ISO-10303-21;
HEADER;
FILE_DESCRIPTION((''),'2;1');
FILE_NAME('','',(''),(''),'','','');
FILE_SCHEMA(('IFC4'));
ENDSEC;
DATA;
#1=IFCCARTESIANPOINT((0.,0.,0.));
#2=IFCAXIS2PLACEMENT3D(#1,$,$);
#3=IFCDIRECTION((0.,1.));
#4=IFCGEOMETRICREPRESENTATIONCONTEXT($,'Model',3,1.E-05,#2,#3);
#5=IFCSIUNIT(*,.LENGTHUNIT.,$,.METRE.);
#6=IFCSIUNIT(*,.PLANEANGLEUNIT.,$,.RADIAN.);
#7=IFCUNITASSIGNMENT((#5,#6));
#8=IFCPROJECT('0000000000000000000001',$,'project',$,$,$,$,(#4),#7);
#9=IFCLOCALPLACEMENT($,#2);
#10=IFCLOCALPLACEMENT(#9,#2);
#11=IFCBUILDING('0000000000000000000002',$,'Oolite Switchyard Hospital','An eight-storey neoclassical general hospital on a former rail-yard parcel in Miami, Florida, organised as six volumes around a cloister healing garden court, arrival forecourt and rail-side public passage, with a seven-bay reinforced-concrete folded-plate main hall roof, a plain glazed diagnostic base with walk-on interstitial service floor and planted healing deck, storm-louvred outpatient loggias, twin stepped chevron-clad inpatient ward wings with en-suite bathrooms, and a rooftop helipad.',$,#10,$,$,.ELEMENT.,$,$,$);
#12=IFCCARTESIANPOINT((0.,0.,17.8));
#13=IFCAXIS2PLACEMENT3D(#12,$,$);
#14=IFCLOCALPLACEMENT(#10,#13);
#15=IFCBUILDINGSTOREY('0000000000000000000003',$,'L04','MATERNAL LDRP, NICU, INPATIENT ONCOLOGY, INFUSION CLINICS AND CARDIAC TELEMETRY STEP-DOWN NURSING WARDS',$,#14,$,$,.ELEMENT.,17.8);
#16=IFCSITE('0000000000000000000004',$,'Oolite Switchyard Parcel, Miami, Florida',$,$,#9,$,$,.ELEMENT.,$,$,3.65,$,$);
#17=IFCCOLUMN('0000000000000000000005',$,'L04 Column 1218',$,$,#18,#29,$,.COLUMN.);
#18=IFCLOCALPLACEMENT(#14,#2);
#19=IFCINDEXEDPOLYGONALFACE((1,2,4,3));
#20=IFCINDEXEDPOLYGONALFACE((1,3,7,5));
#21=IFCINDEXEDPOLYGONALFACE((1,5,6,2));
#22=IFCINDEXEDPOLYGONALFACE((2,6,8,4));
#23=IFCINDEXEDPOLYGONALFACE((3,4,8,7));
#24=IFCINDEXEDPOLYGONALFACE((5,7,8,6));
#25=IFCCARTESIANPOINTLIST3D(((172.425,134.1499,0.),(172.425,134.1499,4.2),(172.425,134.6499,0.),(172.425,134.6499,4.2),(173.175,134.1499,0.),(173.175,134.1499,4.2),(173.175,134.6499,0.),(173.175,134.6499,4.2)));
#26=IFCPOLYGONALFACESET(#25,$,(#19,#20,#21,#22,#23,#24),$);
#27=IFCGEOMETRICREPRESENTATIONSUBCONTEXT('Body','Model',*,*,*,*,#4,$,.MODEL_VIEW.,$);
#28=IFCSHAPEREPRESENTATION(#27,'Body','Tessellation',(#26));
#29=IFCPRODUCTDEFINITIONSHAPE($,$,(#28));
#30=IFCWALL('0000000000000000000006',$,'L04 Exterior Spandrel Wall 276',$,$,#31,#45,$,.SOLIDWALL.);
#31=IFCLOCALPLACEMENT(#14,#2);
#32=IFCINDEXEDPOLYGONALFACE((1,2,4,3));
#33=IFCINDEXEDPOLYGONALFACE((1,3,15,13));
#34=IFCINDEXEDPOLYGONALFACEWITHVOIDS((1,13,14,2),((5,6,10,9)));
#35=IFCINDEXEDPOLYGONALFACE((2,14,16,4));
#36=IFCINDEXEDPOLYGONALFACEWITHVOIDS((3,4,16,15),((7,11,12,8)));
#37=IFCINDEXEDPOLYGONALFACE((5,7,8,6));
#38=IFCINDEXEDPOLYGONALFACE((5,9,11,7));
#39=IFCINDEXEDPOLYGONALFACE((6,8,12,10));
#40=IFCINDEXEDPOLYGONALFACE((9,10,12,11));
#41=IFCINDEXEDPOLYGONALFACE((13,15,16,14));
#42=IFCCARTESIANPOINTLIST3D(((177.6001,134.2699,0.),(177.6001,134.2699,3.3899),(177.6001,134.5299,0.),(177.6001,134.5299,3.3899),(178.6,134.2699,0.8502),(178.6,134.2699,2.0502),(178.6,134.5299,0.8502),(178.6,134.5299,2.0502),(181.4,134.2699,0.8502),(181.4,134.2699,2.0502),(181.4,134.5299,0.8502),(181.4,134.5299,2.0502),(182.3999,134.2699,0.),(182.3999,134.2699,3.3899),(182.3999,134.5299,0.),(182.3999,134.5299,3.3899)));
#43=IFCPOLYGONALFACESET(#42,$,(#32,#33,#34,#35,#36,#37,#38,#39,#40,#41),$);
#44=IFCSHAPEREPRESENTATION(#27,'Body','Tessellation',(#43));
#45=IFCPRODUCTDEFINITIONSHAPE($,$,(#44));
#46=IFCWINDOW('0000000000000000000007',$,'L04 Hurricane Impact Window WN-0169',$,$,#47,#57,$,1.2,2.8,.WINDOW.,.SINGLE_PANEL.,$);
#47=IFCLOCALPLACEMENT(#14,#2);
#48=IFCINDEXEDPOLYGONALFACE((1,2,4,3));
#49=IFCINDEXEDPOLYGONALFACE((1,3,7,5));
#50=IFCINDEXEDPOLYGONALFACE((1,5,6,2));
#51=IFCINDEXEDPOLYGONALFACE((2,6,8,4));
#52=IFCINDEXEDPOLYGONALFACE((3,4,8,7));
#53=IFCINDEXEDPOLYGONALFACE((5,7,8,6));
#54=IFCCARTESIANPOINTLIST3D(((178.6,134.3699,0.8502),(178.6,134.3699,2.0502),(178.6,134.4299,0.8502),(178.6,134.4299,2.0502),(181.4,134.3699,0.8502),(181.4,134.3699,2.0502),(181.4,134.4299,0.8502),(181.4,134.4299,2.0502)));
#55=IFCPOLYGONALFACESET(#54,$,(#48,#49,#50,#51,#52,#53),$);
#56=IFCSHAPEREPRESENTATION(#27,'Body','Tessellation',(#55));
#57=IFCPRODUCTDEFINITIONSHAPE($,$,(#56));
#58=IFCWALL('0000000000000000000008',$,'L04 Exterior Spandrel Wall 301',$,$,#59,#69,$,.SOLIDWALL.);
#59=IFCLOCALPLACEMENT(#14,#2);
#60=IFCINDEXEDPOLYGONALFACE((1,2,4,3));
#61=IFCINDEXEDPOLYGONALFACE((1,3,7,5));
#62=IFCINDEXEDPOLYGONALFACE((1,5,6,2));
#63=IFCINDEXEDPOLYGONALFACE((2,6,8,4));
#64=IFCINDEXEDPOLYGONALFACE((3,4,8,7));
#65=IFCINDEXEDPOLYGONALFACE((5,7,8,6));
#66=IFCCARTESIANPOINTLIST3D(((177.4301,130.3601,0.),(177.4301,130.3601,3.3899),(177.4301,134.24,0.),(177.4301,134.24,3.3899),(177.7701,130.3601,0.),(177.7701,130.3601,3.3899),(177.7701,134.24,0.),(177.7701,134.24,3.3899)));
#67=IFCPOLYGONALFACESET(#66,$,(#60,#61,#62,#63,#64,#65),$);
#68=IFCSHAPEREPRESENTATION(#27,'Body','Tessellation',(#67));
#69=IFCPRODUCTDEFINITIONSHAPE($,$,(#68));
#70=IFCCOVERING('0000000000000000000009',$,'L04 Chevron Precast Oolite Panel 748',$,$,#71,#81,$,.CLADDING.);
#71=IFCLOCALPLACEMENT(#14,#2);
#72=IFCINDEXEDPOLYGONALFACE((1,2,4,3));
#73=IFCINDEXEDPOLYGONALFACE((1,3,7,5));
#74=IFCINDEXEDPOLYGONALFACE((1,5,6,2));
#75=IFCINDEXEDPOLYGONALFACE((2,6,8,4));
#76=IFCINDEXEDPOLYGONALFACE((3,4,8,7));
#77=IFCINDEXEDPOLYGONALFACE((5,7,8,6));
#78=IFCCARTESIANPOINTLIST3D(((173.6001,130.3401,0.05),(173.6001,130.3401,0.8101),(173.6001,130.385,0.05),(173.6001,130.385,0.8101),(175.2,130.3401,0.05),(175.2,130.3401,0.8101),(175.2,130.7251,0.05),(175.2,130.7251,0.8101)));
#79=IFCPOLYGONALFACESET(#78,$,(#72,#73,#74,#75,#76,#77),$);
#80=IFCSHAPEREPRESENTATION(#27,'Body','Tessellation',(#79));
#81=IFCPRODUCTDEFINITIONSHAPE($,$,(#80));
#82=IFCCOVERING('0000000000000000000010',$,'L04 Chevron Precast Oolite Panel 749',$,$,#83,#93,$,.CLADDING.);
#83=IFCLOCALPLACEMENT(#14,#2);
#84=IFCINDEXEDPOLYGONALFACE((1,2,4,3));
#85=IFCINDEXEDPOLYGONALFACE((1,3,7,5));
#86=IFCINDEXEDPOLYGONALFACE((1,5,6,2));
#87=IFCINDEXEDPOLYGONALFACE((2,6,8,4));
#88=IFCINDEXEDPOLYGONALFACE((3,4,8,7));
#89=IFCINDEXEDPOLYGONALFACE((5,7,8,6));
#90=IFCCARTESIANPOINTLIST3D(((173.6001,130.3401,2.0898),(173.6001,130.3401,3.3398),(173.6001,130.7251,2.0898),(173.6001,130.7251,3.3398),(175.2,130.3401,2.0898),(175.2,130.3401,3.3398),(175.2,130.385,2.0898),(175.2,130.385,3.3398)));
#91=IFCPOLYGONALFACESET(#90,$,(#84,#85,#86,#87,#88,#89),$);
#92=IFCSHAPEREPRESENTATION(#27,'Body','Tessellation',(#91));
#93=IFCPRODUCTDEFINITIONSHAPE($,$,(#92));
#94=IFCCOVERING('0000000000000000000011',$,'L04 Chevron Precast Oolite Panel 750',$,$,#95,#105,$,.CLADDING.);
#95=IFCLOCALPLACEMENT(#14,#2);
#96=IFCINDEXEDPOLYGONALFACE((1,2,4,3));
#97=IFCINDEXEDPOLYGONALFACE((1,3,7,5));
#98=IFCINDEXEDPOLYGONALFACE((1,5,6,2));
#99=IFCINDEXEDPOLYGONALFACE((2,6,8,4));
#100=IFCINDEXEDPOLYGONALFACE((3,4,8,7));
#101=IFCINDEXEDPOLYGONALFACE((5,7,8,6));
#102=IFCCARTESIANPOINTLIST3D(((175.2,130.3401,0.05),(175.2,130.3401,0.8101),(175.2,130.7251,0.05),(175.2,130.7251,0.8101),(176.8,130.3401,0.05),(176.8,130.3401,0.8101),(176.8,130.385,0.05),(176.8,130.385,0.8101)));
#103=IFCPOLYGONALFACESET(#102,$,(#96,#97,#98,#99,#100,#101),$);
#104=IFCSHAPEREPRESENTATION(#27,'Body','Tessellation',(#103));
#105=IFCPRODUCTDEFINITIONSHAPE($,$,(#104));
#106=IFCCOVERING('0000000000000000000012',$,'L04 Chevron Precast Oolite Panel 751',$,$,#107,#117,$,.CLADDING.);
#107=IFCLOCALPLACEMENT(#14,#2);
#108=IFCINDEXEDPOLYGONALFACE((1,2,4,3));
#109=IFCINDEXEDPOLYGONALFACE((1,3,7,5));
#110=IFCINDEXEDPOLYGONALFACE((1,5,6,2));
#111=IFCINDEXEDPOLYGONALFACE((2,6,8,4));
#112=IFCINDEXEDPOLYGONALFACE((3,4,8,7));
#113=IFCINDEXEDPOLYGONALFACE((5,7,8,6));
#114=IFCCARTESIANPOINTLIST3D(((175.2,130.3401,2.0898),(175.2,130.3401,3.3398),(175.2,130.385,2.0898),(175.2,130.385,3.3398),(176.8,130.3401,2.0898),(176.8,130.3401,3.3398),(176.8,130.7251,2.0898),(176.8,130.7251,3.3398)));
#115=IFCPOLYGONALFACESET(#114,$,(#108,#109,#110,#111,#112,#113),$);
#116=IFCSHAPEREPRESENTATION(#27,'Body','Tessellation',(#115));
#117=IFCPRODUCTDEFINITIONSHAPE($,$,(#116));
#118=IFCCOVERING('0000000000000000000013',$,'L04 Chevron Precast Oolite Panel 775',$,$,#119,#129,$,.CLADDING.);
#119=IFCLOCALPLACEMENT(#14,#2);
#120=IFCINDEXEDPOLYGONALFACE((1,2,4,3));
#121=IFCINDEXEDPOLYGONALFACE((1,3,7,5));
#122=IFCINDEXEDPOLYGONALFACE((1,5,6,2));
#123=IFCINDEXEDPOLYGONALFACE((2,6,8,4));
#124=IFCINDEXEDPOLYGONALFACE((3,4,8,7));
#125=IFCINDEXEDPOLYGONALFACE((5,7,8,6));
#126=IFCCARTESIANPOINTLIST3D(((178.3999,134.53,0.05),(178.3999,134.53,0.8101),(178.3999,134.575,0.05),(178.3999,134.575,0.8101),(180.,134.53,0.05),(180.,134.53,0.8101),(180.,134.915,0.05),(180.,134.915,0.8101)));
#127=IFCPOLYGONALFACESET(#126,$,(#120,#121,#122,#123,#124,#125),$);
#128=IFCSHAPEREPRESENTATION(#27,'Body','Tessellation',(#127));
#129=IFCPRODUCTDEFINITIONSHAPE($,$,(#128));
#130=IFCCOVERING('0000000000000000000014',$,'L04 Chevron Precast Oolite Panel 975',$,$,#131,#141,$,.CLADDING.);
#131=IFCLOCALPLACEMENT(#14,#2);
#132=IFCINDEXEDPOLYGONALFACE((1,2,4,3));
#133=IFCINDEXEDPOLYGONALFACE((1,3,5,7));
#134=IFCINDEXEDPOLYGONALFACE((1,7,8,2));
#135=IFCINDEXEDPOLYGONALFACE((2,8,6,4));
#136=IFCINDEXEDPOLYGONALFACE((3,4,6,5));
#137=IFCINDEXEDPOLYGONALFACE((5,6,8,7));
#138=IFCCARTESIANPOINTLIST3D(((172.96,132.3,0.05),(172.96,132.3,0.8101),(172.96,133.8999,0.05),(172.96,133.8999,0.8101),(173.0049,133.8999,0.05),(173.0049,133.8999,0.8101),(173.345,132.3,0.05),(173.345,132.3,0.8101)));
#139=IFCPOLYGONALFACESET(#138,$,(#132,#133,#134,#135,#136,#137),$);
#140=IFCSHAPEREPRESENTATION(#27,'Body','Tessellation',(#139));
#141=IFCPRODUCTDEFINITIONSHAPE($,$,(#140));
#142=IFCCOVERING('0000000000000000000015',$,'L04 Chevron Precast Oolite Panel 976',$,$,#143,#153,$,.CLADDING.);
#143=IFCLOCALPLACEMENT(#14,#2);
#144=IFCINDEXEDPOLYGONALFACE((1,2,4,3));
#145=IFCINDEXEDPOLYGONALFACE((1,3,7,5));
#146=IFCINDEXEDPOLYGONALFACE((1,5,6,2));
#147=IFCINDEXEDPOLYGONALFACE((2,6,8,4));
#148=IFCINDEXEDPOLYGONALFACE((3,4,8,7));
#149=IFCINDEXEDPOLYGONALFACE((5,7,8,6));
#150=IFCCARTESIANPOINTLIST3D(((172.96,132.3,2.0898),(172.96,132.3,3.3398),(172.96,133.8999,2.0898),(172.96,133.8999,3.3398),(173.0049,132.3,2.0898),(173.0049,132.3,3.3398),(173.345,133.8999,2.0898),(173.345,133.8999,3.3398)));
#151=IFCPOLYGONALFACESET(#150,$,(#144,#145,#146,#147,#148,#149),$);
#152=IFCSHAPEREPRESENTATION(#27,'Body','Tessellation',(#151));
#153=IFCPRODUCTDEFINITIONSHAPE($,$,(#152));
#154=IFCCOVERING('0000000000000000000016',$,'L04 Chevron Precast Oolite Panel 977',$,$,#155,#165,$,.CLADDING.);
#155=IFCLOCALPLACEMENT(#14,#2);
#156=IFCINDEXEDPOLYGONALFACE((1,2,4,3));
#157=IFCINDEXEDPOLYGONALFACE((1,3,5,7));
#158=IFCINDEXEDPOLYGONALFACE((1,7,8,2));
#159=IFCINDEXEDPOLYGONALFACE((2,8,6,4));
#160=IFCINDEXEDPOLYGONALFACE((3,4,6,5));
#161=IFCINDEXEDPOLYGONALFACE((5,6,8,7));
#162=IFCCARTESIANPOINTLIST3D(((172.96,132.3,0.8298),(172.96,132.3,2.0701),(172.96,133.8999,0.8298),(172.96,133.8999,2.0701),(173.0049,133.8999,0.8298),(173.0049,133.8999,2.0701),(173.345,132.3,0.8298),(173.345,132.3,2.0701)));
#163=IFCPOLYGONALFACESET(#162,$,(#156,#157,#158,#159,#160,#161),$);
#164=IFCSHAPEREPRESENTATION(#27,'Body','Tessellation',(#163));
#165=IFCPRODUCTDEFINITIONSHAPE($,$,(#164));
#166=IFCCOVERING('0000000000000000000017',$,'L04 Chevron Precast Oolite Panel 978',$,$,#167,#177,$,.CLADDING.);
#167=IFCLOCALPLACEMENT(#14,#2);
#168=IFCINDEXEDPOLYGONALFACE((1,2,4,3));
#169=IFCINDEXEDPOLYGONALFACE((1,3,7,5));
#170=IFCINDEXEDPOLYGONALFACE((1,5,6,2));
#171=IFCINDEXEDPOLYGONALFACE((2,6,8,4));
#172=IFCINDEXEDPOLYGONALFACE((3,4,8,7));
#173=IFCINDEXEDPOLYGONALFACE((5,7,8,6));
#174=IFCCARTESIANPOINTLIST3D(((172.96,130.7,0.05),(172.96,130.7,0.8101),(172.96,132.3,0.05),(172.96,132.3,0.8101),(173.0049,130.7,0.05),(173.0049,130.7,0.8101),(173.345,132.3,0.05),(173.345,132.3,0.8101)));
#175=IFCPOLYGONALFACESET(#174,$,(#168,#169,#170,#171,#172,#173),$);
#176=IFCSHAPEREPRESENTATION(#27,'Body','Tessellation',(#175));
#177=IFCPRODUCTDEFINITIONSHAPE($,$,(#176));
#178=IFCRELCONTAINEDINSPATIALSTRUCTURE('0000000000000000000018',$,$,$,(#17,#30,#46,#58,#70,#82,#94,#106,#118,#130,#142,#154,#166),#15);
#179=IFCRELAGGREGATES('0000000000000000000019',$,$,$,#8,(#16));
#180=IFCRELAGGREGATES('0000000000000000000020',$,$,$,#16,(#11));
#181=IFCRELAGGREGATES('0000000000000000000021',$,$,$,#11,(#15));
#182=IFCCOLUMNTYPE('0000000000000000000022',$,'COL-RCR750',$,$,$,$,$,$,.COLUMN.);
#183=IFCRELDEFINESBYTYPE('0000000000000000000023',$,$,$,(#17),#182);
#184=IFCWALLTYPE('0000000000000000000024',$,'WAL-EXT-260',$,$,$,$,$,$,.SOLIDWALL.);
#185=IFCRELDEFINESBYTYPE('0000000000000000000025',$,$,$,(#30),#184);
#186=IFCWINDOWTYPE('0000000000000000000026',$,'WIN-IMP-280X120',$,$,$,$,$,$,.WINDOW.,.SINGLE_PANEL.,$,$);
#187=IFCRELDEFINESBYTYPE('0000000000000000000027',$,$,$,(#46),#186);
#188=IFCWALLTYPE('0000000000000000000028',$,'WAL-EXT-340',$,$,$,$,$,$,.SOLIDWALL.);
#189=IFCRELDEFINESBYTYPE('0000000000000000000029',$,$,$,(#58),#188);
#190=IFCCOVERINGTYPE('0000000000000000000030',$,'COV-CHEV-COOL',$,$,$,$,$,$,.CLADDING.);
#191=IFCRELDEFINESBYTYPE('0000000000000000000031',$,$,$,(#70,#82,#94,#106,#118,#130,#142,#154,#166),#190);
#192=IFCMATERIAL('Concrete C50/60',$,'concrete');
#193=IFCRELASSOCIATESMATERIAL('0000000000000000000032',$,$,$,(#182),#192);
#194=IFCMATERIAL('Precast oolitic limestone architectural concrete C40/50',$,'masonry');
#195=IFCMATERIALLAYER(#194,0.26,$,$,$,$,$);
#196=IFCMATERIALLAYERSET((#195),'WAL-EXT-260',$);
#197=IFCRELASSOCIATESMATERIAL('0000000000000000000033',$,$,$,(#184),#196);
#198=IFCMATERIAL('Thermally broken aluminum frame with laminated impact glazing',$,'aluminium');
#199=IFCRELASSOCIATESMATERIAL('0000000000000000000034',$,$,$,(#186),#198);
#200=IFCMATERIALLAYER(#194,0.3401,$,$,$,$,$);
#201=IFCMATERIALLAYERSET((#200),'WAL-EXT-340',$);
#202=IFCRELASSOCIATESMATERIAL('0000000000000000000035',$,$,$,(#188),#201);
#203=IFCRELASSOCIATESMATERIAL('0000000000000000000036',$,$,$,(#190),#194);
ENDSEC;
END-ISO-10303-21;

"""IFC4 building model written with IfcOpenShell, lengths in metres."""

from ifc_helpers import new_model, si_unit, direction, frame, frame_2d, origin, origin_2d, place, context, subcontext, project, spatial, polyline, rectangle, outline, extrude, material, layer, layer_set, material_profile, profile_set, type_object, element, fill, save


model = new_model("IFC4")

# Units and contexts
model_context = context("Model", 3, precision=1e-05, world=origin(), true_north=direction((0.0, 1.0)))
body_context = subcontext(model_context, "Body", "Model", "MODEL_VIEW")
ifc_project = project(units=[si_unit("LENGTHUNIT", "METRE"), si_unit("PLANEANGLEUNIT", "RADIAN")], contexts=[model_context])

# Site, building, storey
site_placement = place(None, origin())
site = spatial("IfcSite", under=ifc_project, at=site_placement, Name="Oolite Switchyard Parcel, Miami, Florida", CompositionType="ELEMENT", RefElevation=3.65)
building_placement = place(site_placement, origin())
building = spatial("IfcBuilding", under=site, at=building_placement, Name="Oolite Switchyard Hospital", Description="An eight-storey neoclassical general hospital on a former rail-yard parcel in Miami, Florida, organised as six volumes around a cloister healing garden court, arrival forecourt and rail-side public passage, with a seven-bay reinforced-concrete folded-plate main hall roof, a plain glazed diagnostic base with walk-on interstitial service floor and planted healing deck, storm-louvred outpatient loggias, twin stepped chevron-clad inpatient ward wings with en-suite bathrooms, and a rooftop helipad.", CompositionType="ELEMENT")
storey_placement = place(building_placement, frame((0.0, 0.0, 17.8)))
storey = spatial("IfcBuildingStorey", under=building, at=storey_placement, Name="L04", Description="MATERNAL LDRP, NICU, INPATIENT ONCOLOGY, INFUSION CLINICS AND CARDIAC TELEMETRY STEP-DOWN NURSING WARDS", CompositionType="ELEMENT", Elevation=17.8)

# Column
ifc_material_1 = material(Name="Concrete C50/60", Category="concrete")
ifc_material_profile = material_profile(ifc_material_1, rectangle(XDim=0.75, YDim=0.5, at=origin_2d()), Name="RC750X500")
ifc_profile_set = profile_set([ifc_material_profile], Name="Concrete C50/60")
column_type = type_object("IfcColumnType", Name="COL-RCR750", PredefinedType="COLUMN", material=ifc_profile_set)
column_placement = place(storey_placement, frame((172.8, 134.3999, 0.0), z_axis=(0.0, 0.0, 1.0), x_axis=(1.0, 0.0, 0.0)))
element("IfcColumn", 1, at=column_placement, inside=storey, type_object=column_type, Name="L04 Column 1218", PredefinedType="COLUMN", context=body_context, shape_type="SweptSolid", body=[
    extrude(rectangle(XDim=0.75, YDim=0.5, at=origin_2d()), origin(), (0.0, 0.0, 1.0), 4.2),
])

# Wall, opening, window
ifc_material_2 = material(Name="Precast oolitic limestone architectural concrete C40/50", Category="masonry")
ifc_layer_1 = layer(ifc_material_2, 0.26)
ifc_layer_set_1 = layer_set([ifc_layer_1], Name="WAL-EXT-260")
wall_type_1 = type_object("IfcWallType", Name="WAL-EXT-260", PredefinedType="SOLIDWALL", material=ifc_layer_set_1)
wall_1_placement = place(storey_placement, frame((177.6001, 134.3999, 0.0), z_axis=(0.0, 0.0, 1.0), x_axis=(1.0, 0.0, 0.0)))
wall_1 = element("IfcWall", 2, at=wall_1_placement, inside=storey, type_object=wall_type_1, Name="L04 Exterior Spandrel Wall 276", PredefinedType="SOLIDWALL", context=body_context, shape_type="SweptSolid", body=[
    extrude(rectangle(XDim=4.7998, YDim=0.26, at=frame_2d((2.3999, 0.0))), origin(), (0.0, 0.0, 1.0), 3.3899),
])
opening_placement = place(wall_1_placement, frame((1.0, 0.0, 0.8501)))
opening = element("IfcOpeningElement", 3, at=opening_placement, cuts=wall_1, PredefinedType="OPENING", context=body_context, shape_type="SweptSolid", body=[
    extrude(rectangle(XDim=2.8, YDim=1.2, at=frame_2d((1.3999, 0.6001))), frame((0.0, 0.1401, 0.0), z_axis=(0.0, -1.0, 0.0), x_axis=(1.0, 0.0, 0.0)), (0.0, 0.0, 1.0), 0.28),
])
ifc_material_3 = material(Name="Thermally broken aluminum frame with laminated impact glazing", Category="aluminium")
window_type = type_object("IfcWindowType", Name="WIN-IMP-280X120", PartitioningType="SINGLE_PANEL", PredefinedType="WINDOW", material=ifc_material_3)
window_placement = place(opening_placement, origin())
window = element("IfcWindow", 4, at=window_placement, inside=storey, type_object=window_type, Name="L04 Hurricane Impact Window WN-0169", OverallHeight=1.2, OverallWidth=2.8, PartitioningType="SINGLE_PANEL", PredefinedType="WINDOW", context=body_context, shape_type="SweptSolid", body=[
    extrude(rectangle(XDim=2.8, YDim=1.2, at=frame_2d((1.3999, 0.6001))), frame((0.0, 0.03, 0.0), z_axis=(0.0, -1.0, 0.0), x_axis=(1.0, 0.0, 0.0)), (0.0, 0.0, 1.0), 0.0601),
])
fill(opening, window)

# Wall
ifc_layer_2 = layer(ifc_material_2, 0.3401)
ifc_layer_set_2 = layer_set([ifc_layer_2], Name="WAL-EXT-340")
wall_type_2 = type_object("IfcWallType", Name="WAL-EXT-340", PredefinedType="SOLIDWALL", material=ifc_layer_set_2)
wall_2_placement = place(storey_placement, frame((177.6001, 130.3601, 0.0), z_axis=(0.0, 0.0, 1.0), x_axis=(0.0, 1.0, 0.0)))
element("IfcWall", 5, at=wall_2_placement, inside=storey, type_object=wall_type_2, Name="L04 Exterior Spandrel Wall 301", PredefinedType="SOLIDWALL", context=body_context, shape_type="SweptSolid", body=[
    extrude(rectangle(XDim=3.8799, YDim=0.3401, at=frame_2d((1.9399, 0.0))), origin(), (0.0, 0.0, 1.0), 3.3899),
])

# Coverings
covering_type = type_object("IfcCoveringType", Name="COV-CHEV-COOL", PredefinedType="CLADDING", material=ifc_material_2)
covering_1_placement = place(storey_placement, frame((173.6001, 130.3401, 0.05), z_axis=(0.0, 0.0, 1.0), x_axis=(1.0, 0.0, 0.0)))
element("IfcCovering", 6, at=covering_1_placement, inside=storey, type_object=covering_type, Name="L04 Chevron Precast Oolite Panel 748", PredefinedType="CLADDING", context=body_context, shape_type="SweptSolid", body=[
    extrude(outline(polyline([(0.0, 0.0), (1.5999, 0.0), (1.5999, 0.385), (0.0, 0.0449), (0.0, 0.0)])), origin(), (0.0, 0.0, 1.0), 0.76),
])
covering_2_placement = place(storey_placement, frame((173.6001, 130.3401, 2.0898), z_axis=(0.0, 0.0, 1.0), x_axis=(1.0, 0.0, 0.0)))
element("IfcCovering", 7, at=covering_2_placement, inside=storey, type_object=covering_type, Name="L04 Chevron Precast Oolite Panel 749", PredefinedType="CLADDING", context=body_context, shape_type="SweptSolid", body=[
    extrude(outline(polyline([(0.0, 0.0), (1.5999, 0.0), (1.5999, 0.0449), (0.0, 0.385), (0.0, 0.0)])), origin(), (0.0, 0.0, 1.0), 1.25),
])
covering_3_placement = place(storey_placement, frame((175.2, 130.3401, 0.05), z_axis=(0.0, 0.0, 1.0), x_axis=(1.0, 0.0, 0.0)))
element("IfcCovering", 8, at=covering_3_placement, inside=storey, type_object=covering_type, Name="L04 Chevron Precast Oolite Panel 750", PredefinedType="CLADDING", context=body_context, shape_type="SweptSolid", body=[
    extrude(outline(polyline([(0.0, 0.0), (1.6001, 0.0), (1.6001, 0.0449), (0.0, 0.385), (0.0, 0.0)])), origin(), (0.0, 0.0, 1.0), 0.76),
])
covering_4_placement = place(storey_placement, frame((175.2, 130.3401, 2.0898), z_axis=(0.0, 0.0, 1.0), x_axis=(1.0, 0.0, 0.0)))
element("IfcCovering", 9, at=covering_4_placement, inside=storey, type_object=covering_type, Name="L04 Chevron Precast Oolite Panel 751", PredefinedType="CLADDING", context=body_context, shape_type="SweptSolid", body=[
    extrude(outline(polyline([(0.0, 0.0), (1.6001, 0.0), (1.6001, 0.385), (0.0, 0.0449), (0.0, 0.0)])), origin(), (0.0, 0.0, 1.0), 1.25),
])
covering_5_placement = place(storey_placement, frame((178.3999, 134.53, 0.05), z_axis=(0.0, 0.0, 1.0), x_axis=(1.0, 0.0, 0.0)))
element("IfcCovering", 10, at=covering_5_placement, inside=storey, type_object=covering_type, Name="L04 Chevron Precast Oolite Panel 775", PredefinedType="CLADDING", context=body_context, shape_type="SweptSolid", body=[
    extrude(outline(polyline([(0.0, 0.0), (1.6001, 0.0), (1.6001, 0.385), (0.0, 0.0449), (0.0, 0.0)])), origin(), (0.0, 0.0, 1.0), 0.76),
])
covering_6_placement = place(storey_placement, frame((172.96, 133.8999, 0.05), z_axis=(0.0, 0.0, 1.0), x_axis=(0.0, -1.0, 0.0)))
element("IfcCovering", 11, at=covering_6_placement, inside=storey, type_object=covering_type, Name="L04 Chevron Precast Oolite Panel 975", PredefinedType="CLADDING", context=body_context, shape_type="SweptSolid", body=[
    extrude(outline(polyline([(0.0, 0.0), (1.5999, 0.0), (1.5999, 0.385), (0.0, 0.0449), (0.0, 0.0)])), origin(), (0.0, 0.0, 1.0), 0.76),
])
covering_7_placement = place(storey_placement, frame((172.96, 133.8999, 2.0898), z_axis=(0.0, 0.0, 1.0), x_axis=(0.0, -1.0, 0.0)))
element("IfcCovering", 12, at=covering_7_placement, inside=storey, type_object=covering_type, Name="L04 Chevron Precast Oolite Panel 976", PredefinedType="CLADDING", context=body_context, shape_type="SweptSolid", body=[
    extrude(outline(polyline([(0.0, 0.0), (1.5999, 0.0), (1.5999, 0.0449), (0.0, 0.385), (0.0, 0.0)])), origin(), (0.0, 0.0, 1.0), 1.25),
])
covering_8_placement = place(storey_placement, frame((172.96, 133.8999, 0.8298), z_axis=(0.0, 0.0, 1.0), x_axis=(0.0, -1.0, 0.0)))
element("IfcCovering", 13, at=covering_8_placement, inside=storey, type_object=covering_type, Name="L04 Chevron Precast Oolite Panel 977", PredefinedType="CLADDING", context=body_context, shape_type="SweptSolid", body=[
    extrude(outline(polyline([(0.0, 0.0), (1.5999, 0.0), (1.5999, 0.385), (0.0, 0.0449), (0.0, 0.0)])), origin(), (0.0, 0.0, 1.0), 1.2402),
])
covering_9_placement = place(storey_placement, frame((172.96, 132.3, 0.05), z_axis=(0.0, 0.0, 1.0), x_axis=(0.0, -1.0, 0.0)))
element("IfcCovering", 14, at=covering_9_placement, inside=storey, type_object=covering_type, Name="L04 Chevron Precast Oolite Panel 978", PredefinedType="CLADDING", context=body_context, shape_type="SweptSolid", body=[
    extrude(outline(polyline([(0.0, 0.0), (1.6001, 0.0), (1.6001, 0.0449), (0.0, 0.385), (0.0, 0.0)])), origin(), (0.0, 0.0, 1.0), 0.76),
])

save(model, "model.ifc")
